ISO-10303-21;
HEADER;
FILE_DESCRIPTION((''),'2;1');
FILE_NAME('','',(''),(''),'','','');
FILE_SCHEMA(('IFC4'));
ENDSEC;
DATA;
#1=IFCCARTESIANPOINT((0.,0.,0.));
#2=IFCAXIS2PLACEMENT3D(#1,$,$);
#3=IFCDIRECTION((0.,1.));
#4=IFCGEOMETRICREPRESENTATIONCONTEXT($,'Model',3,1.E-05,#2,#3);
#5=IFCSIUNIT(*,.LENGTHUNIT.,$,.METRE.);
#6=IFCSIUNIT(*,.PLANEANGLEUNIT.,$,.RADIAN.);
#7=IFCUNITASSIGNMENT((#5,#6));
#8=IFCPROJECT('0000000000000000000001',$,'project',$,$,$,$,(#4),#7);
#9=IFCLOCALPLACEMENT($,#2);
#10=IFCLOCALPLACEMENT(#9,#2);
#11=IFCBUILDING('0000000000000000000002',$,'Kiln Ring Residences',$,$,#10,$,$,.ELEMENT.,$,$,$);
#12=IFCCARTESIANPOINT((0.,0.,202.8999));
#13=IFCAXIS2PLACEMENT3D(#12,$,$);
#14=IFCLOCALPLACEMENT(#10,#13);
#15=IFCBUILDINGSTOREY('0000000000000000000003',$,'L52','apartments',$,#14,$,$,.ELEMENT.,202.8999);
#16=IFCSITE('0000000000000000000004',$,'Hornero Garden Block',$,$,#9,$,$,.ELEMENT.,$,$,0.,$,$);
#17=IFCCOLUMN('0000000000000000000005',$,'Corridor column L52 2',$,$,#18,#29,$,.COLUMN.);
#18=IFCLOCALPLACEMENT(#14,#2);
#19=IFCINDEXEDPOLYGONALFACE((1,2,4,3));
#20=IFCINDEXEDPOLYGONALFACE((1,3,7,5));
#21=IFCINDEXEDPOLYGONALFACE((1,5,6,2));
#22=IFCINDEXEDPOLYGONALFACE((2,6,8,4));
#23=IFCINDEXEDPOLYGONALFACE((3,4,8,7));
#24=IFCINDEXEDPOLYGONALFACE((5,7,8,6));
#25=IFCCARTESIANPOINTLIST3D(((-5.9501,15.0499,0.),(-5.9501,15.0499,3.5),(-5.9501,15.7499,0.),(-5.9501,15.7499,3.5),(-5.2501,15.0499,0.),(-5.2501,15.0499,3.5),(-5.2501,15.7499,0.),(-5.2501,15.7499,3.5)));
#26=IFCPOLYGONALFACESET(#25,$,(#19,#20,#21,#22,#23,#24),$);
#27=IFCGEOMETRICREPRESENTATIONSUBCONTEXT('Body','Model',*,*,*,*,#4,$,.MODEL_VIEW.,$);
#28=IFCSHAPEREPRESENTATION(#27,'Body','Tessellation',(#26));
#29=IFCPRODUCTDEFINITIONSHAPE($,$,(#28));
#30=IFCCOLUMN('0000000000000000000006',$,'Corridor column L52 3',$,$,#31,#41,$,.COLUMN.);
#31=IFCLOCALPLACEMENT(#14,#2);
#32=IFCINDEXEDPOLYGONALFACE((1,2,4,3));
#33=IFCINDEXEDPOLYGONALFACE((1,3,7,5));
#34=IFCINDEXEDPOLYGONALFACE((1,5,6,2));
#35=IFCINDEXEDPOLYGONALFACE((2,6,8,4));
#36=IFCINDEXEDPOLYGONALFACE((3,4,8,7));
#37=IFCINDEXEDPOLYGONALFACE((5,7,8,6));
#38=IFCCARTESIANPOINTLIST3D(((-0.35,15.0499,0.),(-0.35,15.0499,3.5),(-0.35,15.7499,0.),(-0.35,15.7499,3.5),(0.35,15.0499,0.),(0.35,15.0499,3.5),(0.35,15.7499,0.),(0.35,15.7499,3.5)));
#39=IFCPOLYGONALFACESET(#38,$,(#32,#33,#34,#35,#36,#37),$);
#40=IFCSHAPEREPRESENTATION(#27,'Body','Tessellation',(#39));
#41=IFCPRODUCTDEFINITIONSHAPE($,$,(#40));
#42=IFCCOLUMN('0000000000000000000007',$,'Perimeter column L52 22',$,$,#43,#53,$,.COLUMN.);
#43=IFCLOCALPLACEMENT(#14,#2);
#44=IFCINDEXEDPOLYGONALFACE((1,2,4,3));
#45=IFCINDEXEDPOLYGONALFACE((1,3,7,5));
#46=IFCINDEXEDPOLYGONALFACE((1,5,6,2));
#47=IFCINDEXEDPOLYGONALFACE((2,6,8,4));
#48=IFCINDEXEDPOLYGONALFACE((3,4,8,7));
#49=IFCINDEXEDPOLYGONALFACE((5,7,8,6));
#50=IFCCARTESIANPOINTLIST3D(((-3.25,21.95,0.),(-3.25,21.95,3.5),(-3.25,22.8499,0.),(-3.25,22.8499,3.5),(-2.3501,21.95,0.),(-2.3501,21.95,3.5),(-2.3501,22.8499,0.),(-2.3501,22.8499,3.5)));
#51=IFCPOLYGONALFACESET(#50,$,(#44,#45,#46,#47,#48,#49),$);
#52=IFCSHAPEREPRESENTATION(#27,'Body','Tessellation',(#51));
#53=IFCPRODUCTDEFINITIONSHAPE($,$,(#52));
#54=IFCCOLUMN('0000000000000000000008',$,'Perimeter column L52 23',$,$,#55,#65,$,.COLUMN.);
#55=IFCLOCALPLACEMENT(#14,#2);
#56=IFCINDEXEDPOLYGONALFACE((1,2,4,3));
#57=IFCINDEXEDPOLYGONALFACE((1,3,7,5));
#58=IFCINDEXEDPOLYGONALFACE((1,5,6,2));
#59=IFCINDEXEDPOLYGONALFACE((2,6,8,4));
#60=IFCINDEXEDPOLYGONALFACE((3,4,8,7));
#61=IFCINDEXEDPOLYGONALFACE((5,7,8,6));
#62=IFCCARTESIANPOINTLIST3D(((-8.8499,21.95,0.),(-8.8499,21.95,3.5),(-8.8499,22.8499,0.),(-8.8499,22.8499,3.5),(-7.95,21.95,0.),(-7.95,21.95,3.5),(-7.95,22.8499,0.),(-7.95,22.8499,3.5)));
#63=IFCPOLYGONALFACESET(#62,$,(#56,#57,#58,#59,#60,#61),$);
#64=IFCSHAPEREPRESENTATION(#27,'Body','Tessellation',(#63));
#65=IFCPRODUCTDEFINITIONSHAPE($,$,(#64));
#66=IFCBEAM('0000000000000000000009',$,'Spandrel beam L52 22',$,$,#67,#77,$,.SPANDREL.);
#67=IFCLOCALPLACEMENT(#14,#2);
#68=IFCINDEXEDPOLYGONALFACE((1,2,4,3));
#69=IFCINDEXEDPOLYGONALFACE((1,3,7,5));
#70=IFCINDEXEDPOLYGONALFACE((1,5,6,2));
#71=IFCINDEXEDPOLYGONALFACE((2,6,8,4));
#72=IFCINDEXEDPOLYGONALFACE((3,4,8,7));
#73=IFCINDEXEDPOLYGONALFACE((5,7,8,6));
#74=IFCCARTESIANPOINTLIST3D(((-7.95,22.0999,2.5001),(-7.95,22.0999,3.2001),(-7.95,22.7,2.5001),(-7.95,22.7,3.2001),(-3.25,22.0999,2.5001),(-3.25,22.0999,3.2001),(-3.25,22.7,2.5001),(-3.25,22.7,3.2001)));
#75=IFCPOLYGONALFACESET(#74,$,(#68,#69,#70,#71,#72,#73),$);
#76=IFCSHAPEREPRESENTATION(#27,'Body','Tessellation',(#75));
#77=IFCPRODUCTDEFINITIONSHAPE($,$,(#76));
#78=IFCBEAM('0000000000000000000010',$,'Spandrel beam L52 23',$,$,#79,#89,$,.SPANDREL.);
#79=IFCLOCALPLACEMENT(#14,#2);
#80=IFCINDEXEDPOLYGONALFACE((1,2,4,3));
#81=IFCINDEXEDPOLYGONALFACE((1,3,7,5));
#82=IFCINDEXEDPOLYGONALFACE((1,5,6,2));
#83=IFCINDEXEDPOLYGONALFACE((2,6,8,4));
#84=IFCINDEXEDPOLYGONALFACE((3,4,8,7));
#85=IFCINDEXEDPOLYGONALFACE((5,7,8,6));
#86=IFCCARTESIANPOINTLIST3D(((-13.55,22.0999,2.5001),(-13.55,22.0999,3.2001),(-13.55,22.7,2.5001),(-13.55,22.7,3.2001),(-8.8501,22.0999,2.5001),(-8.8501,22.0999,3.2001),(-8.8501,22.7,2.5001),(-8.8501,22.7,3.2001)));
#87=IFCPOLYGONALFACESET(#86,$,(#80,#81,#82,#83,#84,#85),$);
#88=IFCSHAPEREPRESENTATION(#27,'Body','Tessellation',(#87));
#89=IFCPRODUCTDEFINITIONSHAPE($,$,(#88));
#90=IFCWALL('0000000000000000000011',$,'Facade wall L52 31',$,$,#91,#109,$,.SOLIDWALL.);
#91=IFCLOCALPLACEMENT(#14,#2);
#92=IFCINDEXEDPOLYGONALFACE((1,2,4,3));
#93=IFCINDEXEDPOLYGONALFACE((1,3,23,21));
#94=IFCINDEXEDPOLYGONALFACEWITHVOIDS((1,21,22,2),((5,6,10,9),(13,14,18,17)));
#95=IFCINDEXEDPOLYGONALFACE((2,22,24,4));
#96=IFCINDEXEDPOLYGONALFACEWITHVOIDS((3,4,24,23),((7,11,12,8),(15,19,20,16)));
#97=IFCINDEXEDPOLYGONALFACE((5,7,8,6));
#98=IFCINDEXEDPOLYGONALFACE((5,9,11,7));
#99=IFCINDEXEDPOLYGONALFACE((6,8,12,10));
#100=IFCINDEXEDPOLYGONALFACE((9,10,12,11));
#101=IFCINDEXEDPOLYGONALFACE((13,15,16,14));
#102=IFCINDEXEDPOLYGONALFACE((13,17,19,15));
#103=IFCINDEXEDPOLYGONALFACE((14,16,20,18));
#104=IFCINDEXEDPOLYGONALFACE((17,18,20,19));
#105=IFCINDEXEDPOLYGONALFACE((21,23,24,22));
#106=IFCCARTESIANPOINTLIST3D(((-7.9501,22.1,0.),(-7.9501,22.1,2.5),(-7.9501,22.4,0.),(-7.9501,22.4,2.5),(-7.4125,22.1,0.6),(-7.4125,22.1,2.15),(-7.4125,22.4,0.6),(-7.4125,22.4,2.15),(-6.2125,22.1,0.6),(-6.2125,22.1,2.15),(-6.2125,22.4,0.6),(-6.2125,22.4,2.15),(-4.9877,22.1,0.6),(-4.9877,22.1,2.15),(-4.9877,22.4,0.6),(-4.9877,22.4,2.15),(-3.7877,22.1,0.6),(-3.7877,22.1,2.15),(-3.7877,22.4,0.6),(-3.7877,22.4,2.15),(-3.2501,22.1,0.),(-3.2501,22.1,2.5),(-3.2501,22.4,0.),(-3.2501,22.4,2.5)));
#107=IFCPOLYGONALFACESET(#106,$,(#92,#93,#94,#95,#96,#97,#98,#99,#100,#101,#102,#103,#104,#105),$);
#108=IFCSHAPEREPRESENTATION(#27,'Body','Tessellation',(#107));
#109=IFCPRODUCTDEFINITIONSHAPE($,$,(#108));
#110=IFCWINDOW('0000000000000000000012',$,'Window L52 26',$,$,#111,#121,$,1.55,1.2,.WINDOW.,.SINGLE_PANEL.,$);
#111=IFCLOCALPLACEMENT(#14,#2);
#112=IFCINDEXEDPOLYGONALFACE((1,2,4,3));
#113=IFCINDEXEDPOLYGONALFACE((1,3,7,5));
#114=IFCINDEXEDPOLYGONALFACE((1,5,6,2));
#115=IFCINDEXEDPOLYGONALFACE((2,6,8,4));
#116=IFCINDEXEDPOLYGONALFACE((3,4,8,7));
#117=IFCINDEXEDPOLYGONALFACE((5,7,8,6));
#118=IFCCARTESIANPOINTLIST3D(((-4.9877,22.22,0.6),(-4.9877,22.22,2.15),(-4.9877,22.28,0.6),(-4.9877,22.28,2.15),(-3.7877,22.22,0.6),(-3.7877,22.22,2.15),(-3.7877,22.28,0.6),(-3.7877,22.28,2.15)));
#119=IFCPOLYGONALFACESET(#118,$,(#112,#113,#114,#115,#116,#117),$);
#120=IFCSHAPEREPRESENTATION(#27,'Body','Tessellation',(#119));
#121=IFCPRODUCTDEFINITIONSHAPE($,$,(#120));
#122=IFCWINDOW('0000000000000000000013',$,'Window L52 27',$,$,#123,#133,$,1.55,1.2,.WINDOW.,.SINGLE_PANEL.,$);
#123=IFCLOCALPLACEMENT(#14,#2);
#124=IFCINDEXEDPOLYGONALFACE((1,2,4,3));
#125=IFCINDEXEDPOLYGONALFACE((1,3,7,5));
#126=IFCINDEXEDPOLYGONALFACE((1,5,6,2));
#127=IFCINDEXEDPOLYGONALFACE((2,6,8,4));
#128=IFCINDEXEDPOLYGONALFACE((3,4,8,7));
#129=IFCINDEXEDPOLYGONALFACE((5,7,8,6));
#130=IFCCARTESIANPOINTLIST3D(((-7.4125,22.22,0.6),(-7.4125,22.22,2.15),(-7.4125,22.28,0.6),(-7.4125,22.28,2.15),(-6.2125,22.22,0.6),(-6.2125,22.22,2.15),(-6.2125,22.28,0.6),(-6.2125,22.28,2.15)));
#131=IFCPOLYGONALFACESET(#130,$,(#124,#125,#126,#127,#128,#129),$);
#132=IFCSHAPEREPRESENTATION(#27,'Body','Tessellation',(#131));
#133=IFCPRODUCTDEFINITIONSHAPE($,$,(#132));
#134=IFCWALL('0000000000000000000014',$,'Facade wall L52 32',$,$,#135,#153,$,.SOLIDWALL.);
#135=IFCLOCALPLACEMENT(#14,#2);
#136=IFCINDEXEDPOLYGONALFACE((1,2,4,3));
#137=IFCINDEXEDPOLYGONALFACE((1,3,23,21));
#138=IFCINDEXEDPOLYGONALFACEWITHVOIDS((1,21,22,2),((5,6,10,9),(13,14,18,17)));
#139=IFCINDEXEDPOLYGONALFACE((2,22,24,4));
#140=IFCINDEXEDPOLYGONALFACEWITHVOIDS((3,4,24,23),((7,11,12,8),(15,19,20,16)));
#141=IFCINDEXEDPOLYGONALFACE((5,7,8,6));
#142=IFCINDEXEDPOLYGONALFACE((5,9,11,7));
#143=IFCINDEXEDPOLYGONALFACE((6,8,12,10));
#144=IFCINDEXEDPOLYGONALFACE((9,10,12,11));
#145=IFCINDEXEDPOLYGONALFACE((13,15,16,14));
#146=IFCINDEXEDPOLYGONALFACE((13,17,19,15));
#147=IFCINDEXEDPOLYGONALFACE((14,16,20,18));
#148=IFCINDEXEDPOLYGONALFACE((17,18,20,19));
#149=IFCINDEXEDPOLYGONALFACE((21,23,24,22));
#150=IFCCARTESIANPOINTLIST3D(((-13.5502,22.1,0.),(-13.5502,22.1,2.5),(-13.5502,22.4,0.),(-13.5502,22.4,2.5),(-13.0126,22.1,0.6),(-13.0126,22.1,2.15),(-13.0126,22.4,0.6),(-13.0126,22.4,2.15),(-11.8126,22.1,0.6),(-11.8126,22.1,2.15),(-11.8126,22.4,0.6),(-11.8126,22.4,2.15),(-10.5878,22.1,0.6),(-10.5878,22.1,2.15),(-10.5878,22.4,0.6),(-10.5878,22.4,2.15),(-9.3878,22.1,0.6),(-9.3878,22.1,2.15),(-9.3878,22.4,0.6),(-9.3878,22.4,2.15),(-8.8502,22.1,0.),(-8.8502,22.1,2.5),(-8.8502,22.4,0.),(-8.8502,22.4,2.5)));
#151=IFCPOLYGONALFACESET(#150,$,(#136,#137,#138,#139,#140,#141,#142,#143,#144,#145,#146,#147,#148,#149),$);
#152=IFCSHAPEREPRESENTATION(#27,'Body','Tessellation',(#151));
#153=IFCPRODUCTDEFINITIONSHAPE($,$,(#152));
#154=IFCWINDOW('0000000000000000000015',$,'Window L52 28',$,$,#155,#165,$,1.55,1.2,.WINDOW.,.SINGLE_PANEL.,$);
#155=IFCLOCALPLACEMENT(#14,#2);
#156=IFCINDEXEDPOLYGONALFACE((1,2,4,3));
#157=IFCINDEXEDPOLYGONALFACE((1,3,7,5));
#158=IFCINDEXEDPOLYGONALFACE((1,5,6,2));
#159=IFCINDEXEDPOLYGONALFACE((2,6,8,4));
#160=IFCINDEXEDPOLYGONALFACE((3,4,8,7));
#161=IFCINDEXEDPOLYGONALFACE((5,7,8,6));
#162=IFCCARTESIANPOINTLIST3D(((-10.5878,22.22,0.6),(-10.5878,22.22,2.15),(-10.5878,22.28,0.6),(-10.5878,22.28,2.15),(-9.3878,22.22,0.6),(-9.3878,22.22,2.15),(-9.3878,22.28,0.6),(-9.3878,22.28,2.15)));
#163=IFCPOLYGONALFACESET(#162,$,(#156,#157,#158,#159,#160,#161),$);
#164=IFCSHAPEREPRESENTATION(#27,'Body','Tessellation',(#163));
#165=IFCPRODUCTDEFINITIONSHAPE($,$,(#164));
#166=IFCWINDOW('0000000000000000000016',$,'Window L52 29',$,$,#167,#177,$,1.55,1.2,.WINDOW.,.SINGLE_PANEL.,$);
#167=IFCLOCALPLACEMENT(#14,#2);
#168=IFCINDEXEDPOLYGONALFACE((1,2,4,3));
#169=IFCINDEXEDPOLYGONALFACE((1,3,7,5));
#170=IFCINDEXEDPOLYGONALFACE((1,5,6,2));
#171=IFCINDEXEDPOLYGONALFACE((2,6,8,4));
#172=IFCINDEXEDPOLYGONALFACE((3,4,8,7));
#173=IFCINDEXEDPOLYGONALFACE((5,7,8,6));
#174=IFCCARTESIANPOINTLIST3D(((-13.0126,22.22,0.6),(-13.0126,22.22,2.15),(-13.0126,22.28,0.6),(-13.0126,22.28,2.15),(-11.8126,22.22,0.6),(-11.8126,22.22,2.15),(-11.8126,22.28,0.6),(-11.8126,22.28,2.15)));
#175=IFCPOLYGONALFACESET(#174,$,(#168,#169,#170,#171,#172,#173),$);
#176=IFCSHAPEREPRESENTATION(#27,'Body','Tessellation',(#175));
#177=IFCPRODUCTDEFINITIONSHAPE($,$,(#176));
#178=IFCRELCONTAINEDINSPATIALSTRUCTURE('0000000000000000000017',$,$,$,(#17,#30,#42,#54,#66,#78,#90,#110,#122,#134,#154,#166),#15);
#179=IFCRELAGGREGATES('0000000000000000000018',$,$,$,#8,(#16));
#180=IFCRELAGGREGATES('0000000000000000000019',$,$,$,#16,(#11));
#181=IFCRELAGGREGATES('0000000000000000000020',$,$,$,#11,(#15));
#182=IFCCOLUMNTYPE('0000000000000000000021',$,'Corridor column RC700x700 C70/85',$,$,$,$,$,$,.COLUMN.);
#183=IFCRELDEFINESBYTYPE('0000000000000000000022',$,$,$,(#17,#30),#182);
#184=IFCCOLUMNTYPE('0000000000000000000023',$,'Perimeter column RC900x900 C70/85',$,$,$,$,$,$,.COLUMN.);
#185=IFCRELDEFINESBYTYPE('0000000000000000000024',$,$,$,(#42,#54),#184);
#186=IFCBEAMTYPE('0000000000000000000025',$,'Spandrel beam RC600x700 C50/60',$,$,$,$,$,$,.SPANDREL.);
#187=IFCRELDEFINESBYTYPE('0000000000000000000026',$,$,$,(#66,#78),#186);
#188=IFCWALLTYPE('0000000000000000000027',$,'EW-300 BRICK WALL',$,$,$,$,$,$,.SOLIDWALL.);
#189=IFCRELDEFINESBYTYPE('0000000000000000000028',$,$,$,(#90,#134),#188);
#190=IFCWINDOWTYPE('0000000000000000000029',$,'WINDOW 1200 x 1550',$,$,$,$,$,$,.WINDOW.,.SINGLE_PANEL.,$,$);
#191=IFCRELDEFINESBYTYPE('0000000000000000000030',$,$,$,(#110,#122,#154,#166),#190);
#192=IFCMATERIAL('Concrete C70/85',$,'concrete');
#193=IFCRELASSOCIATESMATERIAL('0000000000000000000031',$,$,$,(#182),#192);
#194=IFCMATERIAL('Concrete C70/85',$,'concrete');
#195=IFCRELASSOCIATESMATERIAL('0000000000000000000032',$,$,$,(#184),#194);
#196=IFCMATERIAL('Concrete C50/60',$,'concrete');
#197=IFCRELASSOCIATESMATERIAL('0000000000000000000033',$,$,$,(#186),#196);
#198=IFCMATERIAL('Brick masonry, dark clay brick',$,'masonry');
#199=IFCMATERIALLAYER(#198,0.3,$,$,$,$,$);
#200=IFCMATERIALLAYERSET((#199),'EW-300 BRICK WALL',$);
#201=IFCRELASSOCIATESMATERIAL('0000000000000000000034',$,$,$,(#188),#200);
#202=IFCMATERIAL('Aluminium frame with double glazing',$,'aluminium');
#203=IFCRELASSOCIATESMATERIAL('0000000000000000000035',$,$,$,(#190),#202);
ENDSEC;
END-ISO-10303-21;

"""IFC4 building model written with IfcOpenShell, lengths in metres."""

from ifc_helpers import new_model, si_unit, direction, frame, frame_2d, origin, origin_2d, place, context, subcontext, project, spatial, rectangle, extrude, material, layer, layer_set, material_profile, profile_set, type_object, element, fill, save


model = new_model("IFC4")

# Units and contexts
model_context = context("Model", 3, precision=1e-05, world=origin(), true_north=direction((0.0, 1.0)))
body_context = subcontext(model_context, "Body", "Model", "MODEL_VIEW")
ifc_project = project(units=[si_unit("LENGTHUNIT", "METRE"), si_unit("PLANEANGLEUNIT", "RADIAN")], contexts=[model_context])

# Site, building, storey
site_placement = place(None, origin())
site = spatial("IfcSite", under=ifc_project, at=site_placement, Name="Hornero Garden Block", CompositionType="ELEMENT", RefElevation=0.0)
building_placement = place(site_placement, origin())
building = spatial("IfcBuilding", under=site, at=building_placement, Name="Kiln Ring Residences", CompositionType="ELEMENT")
storey_placement = place(building_placement, frame((0.0, 0.0, 202.8999)))
storey = spatial("IfcBuildingStorey", under=building, at=storey_placement, Name="L52", Description="apartments", CompositionType="ELEMENT", Elevation=202.8999)

# Columns
ifc_material_1 = material(Name="Concrete C70/85", Category="concrete")
ifc_material_profile_1 = material_profile(ifc_material_1, rectangle(XDim=0.7, YDim=0.7, at=origin_2d()), Name="RC700x700")
ifc_profile_set_1 = profile_set([ifc_material_profile_1], Name="Concrete C70/85")
column_type_1 = type_object("IfcColumnType", Name="Corridor column RC700x700 C70/85", PredefinedType="COLUMN", material=ifc_profile_set_1)
for number, where, z_axis, x_axis, name in (
    (1, (-5.6001, 15.3999, 0.0), (0.0, 0.0, 1.0), (1.0, 0.0, 0.0), "Corridor column L52 2"),
    (2, (0.0, 15.3999, 0.0), (0.0, 0.0, 1.0), (1.0, 0.0, 0.0), "Corridor column L52 3"),
):
    element("IfcColumn", number, at=place(storey_placement, frame(where, z_axis=z_axis, x_axis=x_axis)), inside=storey, type_object=column_type_1, Name=name, PredefinedType="COLUMN", context=body_context, shape_type="SweptSolid", body=[
        extrude(rectangle(XDim=0.7, YDim=0.7, at=origin_2d()), origin(), (0.0, 0.0, 1.0), 3.5),
    ])
ifc_material_2 = material(Name="Concrete C70/85", Category="concrete")
ifc_material_profile_2 = material_profile(ifc_material_2, rectangle(XDim=0.8999, YDim=0.8999, at=origin_2d()), Name="RC900x900")
ifc_profile_set_2 = profile_set([ifc_material_profile_2], Name="Concrete C70/85")
column_type_2 = type_object("IfcColumnType", Name="Perimeter column RC900x900 C70/85", PredefinedType="COLUMN", material=ifc_profile_set_2)
for number, where, z_axis, x_axis, name in (
    (3, (-2.8, 22.3999, 0.0), (0.0, 0.0, 1.0), (1.0, 0.0, 0.0), "Perimeter column L52 22"),
    (4, (-8.3999, 22.3999, 0.0), (0.0, 0.0, 1.0), (1.0, 0.0, 0.0), "Perimeter column L52 23"),
):
    element("IfcColumn", number, at=place(storey_placement, frame(where, z_axis=z_axis, x_axis=x_axis)), inside=storey, type_object=column_type_2, Name=name, PredefinedType="COLUMN", context=body_context, shape_type="SweptSolid", body=[
        extrude(rectangle(XDim=0.8999, YDim=0.8999, at=origin_2d()), origin(), (0.0, 0.0, 1.0), 3.5),
    ])

# Beams
ifc_material_3 = material(Name="Concrete C50/60", Category="concrete")
ifc_material_profile_3 = material_profile(ifc_material_3, rectangle(XDim=0.6001, YDim=0.7, at=origin_2d()), Name="RC600x700")
ifc_profile_set_3 = profile_set([ifc_material_profile_3], Name="Concrete C50/60")
beam_type = type_object("IfcBeamType", Name="Spandrel beam RC600x700 C50/60", PredefinedType="SPANDREL", material=ifc_profile_set_3)
for number, where, z_axis, x_axis, name in (
    (5, (-3.25, 22.3999, 2.8501), (-1.0, 0.0, 0.0), (0.0, -1.0, 0.0), "Spandrel beam L52 22"),
    (6, (-8.8501, 22.3999, 2.8501), (-1.0, 0.0, 0.0), (0.0, -1.0, 0.0), "Spandrel beam L52 23"),
):
    element("IfcBeam", number, at=place(storey_placement, frame(where, z_axis=z_axis, x_axis=x_axis)), inside=storey, type_object=beam_type, Name=name, PredefinedType="SPANDREL", context=body_context, shape_type="SweptSolid", body=[
        extrude(rectangle(XDim=0.6001, YDim=0.7, at=origin_2d()), origin(), (0.0, 0.0, 1.0), 4.7),
    ])

# Walls, openings, windows
ifc_material_4 = material(Name="Brick masonry, dark clay brick", Category="masonry")
ifc_layer_1 = layer(ifc_material_4, 0.3)
ifc_layer_set_1 = layer_set([ifc_layer_1], Name="EW-300 BRICK WALL")
wall_type_1 = type_object("IfcWallType", Name="EW-300 BRICK WALL", PredefinedType="SOLIDWALL", material=ifc_layer_set_1)
wall_1_placement = place(storey_placement, frame((-3.25, 22.25, 0.0), z_axis=(0.0, 0.0, 1.0), x_axis=(-1.0, 0.0, 0.0)))
wall_1 = element("IfcWall", 7, at=wall_1_placement, inside=storey, type_object=wall_type_1, Name="Facade wall L52 31", PredefinedType="SOLIDWALL", context=body_context, shape_type="SweptSolid", body=[
    extrude(rectangle(XDim=4.7, YDim=0.3, at=frame_2d((2.3501, 0.0))), origin(), (0.0, 0.0, 1.0), 2.5),
])
opening_1_placement = place(wall_1_placement, frame((0.5376, 0.0, 0.6001)))
opening_1 = element("IfcOpeningElement", 8, at=opening_1_placement, cuts=wall_1, PredefinedType="OPENING", context=body_context, shape_type="SweptSolid", body=[
    extrude(rectangle(XDim=1.2, YDim=1.55, at=frame_2d((0.6001, 0.7749))), frame((0.0, 0.1599, 0.0), z_axis=(0.0, -1.0, 0.0), x_axis=(1.0, 0.0, 0.0)), (0.0, 0.0, 1.0), 0.3201),
])
opening_2_placement = place(wall_1_placement, frame((2.9624, 0.0, 0.6001)))
opening_2 = element("IfcOpeningElement", 9, at=opening_2_placement, cuts=wall_1, PredefinedType="OPENING", context=body_context, shape_type="SweptSolid", body=[
    extrude(rectangle(XDim=1.2, YDim=1.55, at=frame_2d((0.6001, 0.7749))), frame((0.0, 0.1599, 0.0), z_axis=(0.0, -1.0, 0.0), x_axis=(1.0, 0.0, 0.0)), (0.0, 0.0, 1.0), 0.3201),
])
ifc_material_5 = material(Name="Aluminium frame with double glazing", Category="aluminium")
window_type = type_object("IfcWindowType", Name="WINDOW 1200 x 1550", PartitioningType="SINGLE_PANEL", PredefinedType="WINDOW", material=ifc_material_5)
window_1_placement = place(opening_1_placement, origin())
window_1 = element("IfcWindow", 10, at=window_1_placement, inside=storey, type_object=window_type, Name="Window L52 26", OverallHeight=1.55, OverallWidth=1.2, PartitioningType="SINGLE_PANEL", PredefinedType="WINDOW", context=body_context, shape_type="SweptSolid", body=[
    extrude(rectangle(XDim=1.2, YDim=1.55, at=frame_2d((0.6001, 0.7749))), frame((0.0, 0.03, 0.0), z_axis=(0.0, -1.0, 0.0), x_axis=(1.0, 0.0, 0.0)), (0.0, 0.0, 1.0), 0.0601),
])
fill(opening_1, window_1)
window_2_placement = place(opening_2_placement, origin())
window_2 = element("IfcWindow", 11, at=window_2_placement, inside=storey, type_object=window_type, Name="Window L52 27", OverallHeight=1.55, OverallWidth=1.2, PartitioningType="SINGLE_PANEL", PredefinedType="WINDOW", context=body_context, shape_type="SweptSolid", body=[
    extrude(rectangle(XDim=1.2, YDim=1.55, at=frame_2d((0.6001, 0.7749))), frame((0.0, 0.03, 0.0), z_axis=(0.0, -1.0, 0.0), x_axis=(1.0, 0.0, 0.0)), (0.0, 0.0, 1.0), 0.0601),
])
fill(opening_2, window_2)
wall_2_placement = place(storey_placement, frame((-8.8501, 22.25, 0.0), z_axis=(0.0, 0.0, 1.0), x_axis=(-1.0, 0.0, 0.0)))
wall_2 = element("IfcWall", 12, at=wall_2_placement, inside=storey, type_object=wall_type_1, Name="Facade wall L52 32", PredefinedType="SOLIDWALL", context=body_context, shape_type="SweptSolid", body=[
    extrude(rectangle(XDim=4.7, YDim=0.3, at=frame_2d((2.3501, 0.0))), origin(), (0.0, 0.0, 1.0), 2.5),
])
opening_3_placement = place(wall_2_placement, frame((0.5376, 0.0, 0.6001)))
opening_3 = element("IfcOpeningElement", 13, at=opening_3_placement, cuts=wall_2, PredefinedType="OPENING", context=body_context, shape_type="SweptSolid", body=[
    extrude(rectangle(XDim=1.2, YDim=1.55, at=frame_2d((0.6001, 0.7749))), frame((0.0, 0.1599, 0.0), z_axis=(0.0, -1.0, 0.0), x_axis=(1.0, 0.0, 0.0)), (0.0, 0.0, 1.0), 0.3201),
])
opening_4_placement = place(wall_2_placement, frame((2.9624, 0.0, 0.6001)))
opening_4 = element("IfcOpeningElement", 14, at=opening_4_placement, cuts=wall_2, PredefinedType="OPENING", context=body_context, shape_type="SweptSolid", body=[
    extrude(rectangle(XDim=1.2, YDim=1.55, at=frame_2d((0.6001, 0.7749))), frame((0.0, 0.1599, 0.0), z_axis=(0.0, -1.0, 0.0), x_axis=(1.0, 0.0, 0.0)), (0.0, 0.0, 1.0), 0.3201),
])
window_3_placement = place(opening_3_placement, origin())
window_3 = element("IfcWindow", 15, at=window_3_placement, inside=storey, type_object=window_type, Name="Window L52 28", OverallHeight=1.55, OverallWidth=1.2, PartitioningType="SINGLE_PANEL", PredefinedType="WINDOW", context=body_context, shape_type="SweptSolid", body=[
    extrude(rectangle(XDim=1.2, YDim=1.55, at=frame_2d((0.6001, 0.7749))), frame((0.0, 0.03, 0.0), z_axis=(0.0, -1.0, 0.0), x_axis=(1.0, 0.0, 0.0)), (0.0, 0.0, 1.0), 0.0601),
])
fill(opening_3, window_3)
window_4_placement = place(opening_4_placement, origin())
window_4 = element("IfcWindow", 16, at=window_4_placement, inside=storey, type_object=window_type, Name="Window L52 29", OverallHeight=1.55, OverallWidth=1.2, PartitioningType="SINGLE_PANEL", PredefinedType="WINDOW", context=body_context, shape_type="SweptSolid", body=[
    extrude(rectangle(XDim=1.2, YDim=1.55, at=frame_2d((0.6001, 0.7749))), frame((0.0, 0.03, 0.0), z_axis=(0.0, -1.0, 0.0), x_axis=(1.0, 0.0, 0.0)), (0.0, 0.0, 1.0), 0.0601),
])
fill(opening_4, window_4)

save(model, "model.ifc")
